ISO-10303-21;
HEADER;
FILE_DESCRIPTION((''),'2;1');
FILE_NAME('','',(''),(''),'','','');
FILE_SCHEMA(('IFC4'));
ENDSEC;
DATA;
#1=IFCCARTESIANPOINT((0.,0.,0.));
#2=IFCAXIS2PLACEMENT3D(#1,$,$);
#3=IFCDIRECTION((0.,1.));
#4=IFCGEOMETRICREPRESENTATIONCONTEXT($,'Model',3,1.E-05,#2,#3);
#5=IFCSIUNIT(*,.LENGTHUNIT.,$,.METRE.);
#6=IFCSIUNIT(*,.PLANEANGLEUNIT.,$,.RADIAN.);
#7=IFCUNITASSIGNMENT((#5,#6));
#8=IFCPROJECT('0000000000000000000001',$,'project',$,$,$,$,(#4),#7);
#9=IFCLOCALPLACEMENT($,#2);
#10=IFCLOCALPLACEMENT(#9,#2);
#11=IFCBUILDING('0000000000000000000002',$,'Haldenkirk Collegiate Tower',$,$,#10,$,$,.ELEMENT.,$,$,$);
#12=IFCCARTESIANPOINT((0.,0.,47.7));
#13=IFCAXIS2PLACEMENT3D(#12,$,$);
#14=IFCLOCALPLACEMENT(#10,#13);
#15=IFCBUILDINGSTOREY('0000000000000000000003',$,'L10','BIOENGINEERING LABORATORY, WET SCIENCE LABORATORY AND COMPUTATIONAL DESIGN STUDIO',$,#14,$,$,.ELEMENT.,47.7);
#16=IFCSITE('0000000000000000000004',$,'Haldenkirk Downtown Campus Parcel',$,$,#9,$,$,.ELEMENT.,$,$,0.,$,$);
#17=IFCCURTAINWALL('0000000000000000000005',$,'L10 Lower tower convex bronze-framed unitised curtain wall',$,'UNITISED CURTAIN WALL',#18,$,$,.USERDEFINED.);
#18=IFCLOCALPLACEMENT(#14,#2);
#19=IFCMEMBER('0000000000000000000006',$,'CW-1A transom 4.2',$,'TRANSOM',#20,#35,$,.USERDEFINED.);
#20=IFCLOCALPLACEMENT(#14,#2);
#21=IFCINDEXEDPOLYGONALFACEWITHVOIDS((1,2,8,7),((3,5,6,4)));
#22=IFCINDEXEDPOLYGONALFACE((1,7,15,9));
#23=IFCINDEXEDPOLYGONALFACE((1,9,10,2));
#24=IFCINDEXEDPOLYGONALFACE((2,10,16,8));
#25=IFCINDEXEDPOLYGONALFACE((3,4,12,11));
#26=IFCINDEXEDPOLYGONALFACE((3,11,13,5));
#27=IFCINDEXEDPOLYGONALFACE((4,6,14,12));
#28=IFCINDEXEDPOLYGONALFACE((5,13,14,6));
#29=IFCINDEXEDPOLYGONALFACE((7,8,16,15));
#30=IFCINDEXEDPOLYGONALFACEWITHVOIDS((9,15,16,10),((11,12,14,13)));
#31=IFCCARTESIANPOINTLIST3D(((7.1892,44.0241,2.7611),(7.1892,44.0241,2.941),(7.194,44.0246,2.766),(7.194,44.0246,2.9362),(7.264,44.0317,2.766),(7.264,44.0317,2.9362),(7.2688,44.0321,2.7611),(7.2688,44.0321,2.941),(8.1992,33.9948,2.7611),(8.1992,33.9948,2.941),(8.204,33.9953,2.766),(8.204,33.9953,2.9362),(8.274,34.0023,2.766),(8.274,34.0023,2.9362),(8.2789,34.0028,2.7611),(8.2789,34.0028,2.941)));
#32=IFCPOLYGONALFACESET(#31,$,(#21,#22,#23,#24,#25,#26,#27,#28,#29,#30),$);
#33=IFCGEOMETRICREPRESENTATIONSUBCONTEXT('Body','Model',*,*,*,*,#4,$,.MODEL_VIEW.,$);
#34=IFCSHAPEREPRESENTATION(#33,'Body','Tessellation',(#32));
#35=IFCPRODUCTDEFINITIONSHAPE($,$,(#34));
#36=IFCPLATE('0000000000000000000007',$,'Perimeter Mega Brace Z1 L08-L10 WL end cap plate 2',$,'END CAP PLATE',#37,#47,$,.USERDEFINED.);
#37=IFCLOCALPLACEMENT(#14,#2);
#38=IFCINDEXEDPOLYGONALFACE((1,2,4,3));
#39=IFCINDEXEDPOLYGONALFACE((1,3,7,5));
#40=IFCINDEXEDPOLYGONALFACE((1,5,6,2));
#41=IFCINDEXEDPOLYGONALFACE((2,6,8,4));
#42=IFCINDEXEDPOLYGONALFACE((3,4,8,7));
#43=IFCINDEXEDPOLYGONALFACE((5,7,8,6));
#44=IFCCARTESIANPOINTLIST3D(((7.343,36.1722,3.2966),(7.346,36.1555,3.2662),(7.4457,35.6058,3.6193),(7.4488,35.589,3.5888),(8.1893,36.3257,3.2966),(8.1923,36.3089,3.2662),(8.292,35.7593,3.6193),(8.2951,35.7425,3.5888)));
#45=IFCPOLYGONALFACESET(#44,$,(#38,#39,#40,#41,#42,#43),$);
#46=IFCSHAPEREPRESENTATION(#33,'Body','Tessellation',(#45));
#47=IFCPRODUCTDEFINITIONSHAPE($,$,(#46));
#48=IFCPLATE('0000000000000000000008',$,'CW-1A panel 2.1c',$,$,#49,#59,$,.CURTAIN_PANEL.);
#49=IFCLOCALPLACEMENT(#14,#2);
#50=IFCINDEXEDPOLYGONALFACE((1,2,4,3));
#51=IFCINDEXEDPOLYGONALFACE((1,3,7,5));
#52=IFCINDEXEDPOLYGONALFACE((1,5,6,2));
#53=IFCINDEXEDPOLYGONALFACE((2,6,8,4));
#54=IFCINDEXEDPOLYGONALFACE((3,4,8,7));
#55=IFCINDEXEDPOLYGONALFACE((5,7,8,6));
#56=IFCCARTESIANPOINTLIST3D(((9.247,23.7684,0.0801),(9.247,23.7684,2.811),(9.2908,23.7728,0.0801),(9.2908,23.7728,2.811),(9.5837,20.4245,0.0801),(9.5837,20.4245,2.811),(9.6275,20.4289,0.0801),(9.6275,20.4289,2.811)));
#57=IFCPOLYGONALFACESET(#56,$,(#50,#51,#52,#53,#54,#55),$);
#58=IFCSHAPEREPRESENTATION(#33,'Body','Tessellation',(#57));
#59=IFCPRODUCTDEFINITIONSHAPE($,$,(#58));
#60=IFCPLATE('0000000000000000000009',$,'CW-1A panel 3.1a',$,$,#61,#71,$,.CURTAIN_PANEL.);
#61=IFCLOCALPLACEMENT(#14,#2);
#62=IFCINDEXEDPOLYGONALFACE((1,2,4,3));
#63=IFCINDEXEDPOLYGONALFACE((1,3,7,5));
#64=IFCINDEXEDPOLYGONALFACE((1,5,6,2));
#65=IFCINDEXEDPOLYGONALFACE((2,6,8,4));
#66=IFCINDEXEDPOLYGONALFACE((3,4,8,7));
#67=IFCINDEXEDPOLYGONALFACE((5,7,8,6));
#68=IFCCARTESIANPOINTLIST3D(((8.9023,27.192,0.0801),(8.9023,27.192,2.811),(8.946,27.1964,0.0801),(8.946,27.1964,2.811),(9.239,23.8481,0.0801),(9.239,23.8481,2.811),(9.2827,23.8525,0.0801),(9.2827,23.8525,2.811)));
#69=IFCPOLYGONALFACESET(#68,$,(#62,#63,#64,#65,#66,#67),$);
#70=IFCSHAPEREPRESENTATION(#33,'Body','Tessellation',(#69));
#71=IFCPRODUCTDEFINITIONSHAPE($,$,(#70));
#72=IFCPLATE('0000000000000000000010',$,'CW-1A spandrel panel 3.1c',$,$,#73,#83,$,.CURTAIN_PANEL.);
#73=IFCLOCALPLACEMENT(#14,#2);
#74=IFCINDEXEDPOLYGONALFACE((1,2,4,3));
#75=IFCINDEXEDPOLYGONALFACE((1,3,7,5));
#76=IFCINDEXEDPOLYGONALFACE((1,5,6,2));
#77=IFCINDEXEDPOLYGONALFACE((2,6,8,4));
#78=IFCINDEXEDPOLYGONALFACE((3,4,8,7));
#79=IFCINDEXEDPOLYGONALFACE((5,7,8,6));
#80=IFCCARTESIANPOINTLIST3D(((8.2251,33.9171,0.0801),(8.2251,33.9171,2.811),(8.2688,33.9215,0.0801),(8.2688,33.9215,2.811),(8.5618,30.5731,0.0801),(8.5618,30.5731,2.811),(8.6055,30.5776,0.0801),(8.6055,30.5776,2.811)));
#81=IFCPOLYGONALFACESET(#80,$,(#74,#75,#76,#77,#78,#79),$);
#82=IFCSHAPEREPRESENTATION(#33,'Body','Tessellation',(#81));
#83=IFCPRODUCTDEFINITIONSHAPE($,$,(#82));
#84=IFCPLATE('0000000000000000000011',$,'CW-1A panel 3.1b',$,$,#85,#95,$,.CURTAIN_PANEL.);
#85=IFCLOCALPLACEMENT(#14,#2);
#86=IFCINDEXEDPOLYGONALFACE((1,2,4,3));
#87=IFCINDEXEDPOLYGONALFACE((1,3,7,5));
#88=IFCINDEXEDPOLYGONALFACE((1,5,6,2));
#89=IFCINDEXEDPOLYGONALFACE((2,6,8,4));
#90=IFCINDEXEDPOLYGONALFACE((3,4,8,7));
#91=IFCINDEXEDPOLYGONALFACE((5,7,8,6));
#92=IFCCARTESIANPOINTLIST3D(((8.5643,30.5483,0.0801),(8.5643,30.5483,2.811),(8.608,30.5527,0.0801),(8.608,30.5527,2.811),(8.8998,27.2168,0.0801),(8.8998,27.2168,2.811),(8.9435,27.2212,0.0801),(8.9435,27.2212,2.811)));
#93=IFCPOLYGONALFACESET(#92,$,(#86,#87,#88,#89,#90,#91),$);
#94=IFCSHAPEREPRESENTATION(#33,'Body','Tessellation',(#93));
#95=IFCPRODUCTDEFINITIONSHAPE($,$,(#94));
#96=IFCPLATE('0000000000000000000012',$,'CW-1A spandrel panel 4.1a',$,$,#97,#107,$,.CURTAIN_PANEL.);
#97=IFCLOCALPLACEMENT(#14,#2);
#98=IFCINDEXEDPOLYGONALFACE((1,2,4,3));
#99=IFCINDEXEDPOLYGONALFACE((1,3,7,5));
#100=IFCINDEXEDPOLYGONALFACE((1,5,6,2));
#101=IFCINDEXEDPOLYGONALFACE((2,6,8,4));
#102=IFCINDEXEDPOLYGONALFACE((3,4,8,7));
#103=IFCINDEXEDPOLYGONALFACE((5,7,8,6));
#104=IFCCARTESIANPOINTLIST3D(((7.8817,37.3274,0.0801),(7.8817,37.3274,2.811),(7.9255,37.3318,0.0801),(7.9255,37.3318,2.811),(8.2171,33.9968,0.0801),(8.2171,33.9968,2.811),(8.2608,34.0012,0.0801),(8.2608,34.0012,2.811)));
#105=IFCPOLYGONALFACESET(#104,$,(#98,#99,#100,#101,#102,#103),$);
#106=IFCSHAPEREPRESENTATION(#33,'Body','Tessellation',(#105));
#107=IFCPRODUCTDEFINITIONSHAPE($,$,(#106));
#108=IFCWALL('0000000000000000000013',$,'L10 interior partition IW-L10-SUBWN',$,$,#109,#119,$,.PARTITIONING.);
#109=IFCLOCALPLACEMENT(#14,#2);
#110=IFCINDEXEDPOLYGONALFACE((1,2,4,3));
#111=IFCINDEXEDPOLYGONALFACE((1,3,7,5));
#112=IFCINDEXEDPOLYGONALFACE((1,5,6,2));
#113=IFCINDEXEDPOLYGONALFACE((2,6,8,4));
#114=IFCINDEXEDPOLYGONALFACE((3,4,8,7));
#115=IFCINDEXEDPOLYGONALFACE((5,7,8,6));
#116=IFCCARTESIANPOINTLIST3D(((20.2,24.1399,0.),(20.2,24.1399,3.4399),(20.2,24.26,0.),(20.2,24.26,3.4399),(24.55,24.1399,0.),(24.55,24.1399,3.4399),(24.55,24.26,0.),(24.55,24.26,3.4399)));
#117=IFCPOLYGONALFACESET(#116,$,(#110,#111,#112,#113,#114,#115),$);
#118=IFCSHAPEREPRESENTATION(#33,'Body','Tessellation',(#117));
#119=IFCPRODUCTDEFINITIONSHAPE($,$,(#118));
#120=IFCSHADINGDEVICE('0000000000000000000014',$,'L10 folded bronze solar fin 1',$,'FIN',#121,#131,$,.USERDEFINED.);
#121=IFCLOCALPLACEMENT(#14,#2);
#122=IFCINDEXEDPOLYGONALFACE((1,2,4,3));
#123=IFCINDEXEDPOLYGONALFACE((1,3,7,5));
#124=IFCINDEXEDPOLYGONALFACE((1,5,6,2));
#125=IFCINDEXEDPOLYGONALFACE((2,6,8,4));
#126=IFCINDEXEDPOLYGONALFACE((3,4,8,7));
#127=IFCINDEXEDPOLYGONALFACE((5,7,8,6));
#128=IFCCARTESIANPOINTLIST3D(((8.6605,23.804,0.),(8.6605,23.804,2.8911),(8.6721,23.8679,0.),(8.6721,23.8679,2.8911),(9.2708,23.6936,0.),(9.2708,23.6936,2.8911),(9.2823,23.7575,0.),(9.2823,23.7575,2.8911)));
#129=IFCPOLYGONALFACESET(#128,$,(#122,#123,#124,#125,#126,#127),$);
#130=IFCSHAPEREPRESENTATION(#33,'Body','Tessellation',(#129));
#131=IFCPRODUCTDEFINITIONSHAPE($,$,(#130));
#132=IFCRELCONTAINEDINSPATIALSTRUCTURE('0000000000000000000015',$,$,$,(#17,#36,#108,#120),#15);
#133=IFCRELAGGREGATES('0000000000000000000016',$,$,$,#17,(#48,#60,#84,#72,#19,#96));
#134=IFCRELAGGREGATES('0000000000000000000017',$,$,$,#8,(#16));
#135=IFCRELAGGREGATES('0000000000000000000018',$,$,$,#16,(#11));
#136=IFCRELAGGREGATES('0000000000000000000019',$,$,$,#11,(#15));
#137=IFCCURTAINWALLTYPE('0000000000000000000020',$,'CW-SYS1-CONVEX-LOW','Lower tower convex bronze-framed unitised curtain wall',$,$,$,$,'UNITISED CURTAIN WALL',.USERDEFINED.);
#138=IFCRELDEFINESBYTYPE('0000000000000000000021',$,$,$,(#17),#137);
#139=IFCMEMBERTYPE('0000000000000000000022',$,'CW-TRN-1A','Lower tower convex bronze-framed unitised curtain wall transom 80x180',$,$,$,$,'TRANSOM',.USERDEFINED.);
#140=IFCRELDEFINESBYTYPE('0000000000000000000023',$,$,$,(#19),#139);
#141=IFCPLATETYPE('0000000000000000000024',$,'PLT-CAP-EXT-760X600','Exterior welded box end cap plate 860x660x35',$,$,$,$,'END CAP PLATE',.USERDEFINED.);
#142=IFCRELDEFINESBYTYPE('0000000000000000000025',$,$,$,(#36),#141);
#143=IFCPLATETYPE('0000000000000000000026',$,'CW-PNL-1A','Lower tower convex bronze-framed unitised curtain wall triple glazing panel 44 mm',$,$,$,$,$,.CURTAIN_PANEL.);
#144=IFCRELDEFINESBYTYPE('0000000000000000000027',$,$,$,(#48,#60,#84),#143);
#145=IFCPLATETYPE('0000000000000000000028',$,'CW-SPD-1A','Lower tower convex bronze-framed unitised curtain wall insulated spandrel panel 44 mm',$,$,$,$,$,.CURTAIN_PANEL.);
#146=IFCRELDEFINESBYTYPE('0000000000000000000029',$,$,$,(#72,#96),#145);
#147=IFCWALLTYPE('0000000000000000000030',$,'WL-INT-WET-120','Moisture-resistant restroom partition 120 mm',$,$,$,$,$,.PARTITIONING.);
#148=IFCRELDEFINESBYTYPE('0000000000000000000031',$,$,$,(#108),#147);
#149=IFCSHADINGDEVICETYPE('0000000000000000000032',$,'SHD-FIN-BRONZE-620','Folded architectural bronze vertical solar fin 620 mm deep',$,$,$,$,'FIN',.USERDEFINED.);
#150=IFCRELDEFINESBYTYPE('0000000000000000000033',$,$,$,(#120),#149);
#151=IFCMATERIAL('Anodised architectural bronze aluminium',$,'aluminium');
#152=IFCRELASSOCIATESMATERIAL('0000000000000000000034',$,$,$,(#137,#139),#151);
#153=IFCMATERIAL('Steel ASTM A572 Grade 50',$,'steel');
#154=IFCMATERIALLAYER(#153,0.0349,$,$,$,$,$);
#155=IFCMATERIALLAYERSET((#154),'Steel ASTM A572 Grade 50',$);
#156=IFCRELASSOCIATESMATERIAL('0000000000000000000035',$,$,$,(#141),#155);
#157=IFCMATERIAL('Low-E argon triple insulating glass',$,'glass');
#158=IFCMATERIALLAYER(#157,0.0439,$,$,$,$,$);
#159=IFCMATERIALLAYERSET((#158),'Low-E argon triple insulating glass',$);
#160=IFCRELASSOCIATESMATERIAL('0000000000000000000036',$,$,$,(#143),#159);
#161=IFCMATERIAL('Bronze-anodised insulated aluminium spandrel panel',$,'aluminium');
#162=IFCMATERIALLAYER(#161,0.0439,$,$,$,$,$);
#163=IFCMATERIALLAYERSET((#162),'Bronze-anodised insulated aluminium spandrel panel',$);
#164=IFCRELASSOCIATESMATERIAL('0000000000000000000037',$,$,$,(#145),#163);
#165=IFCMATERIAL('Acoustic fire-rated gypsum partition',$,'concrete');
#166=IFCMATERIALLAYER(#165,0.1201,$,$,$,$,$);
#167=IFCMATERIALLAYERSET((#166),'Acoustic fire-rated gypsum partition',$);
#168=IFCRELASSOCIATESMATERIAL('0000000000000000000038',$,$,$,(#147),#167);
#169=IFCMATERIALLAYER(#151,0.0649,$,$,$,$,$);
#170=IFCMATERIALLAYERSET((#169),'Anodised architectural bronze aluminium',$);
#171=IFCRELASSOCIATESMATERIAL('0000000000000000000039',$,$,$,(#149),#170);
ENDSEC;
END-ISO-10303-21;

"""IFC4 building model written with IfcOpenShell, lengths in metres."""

from ifc_helpers import new_model, si_unit, direction, frame, frame_2d, origin, origin_2d, place, context, subcontext, project, spatial, rectangle, hollow_rectangle, extrude, source, transform, mapped, material, layer, layer_set, material_profile, profile_set, type_object, element, aggregate, save


model = new_model("IFC4")

# Units and contexts
model_context = context("Model", 3, precision=1e-05, world=origin(), true_north=direction((0.0, 1.0)))
body_context = subcontext(model_context, "Body", "Model", "MODEL_VIEW")
ifc_project = project(units=[si_unit("LENGTHUNIT", "METRE"), si_unit("PLANEANGLEUNIT", "RADIAN")], contexts=[model_context])

# Site, building, storey
site_placement = place(None, origin())
site = spatial("IfcSite", under=ifc_project, at=site_placement, Name="Haldenkirk Downtown Campus Parcel", CompositionType="ELEMENT", RefElevation=0.0)
building_placement = place(site_placement, origin())
building = spatial("IfcBuilding", under=site, at=building_placement, Name="Haldenkirk Collegiate Tower", CompositionType="ELEMENT")
storey_placement = place(building_placement, frame((0.0, 0.0, 47.7)))
storey = spatial("IfcBuildingStorey", under=building, at=storey_placement, Name="L10", Description="BIOENGINEERING LABORATORY, WET SCIENCE LABORATORY AND COMPUTATIONAL DESIGN STUDIO", CompositionType="ELEMENT", Elevation=47.7)

# Curtain wall, member
ifc_material_1 = material(Name="Anodised architectural bronze aluminium", Category="aluminium")
curtain_wall_type = type_object("IfcCurtainWallType", Name="CW-SYS1-CONVEX-LOW", Description="Lower tower convex bronze-framed unitised curtain wall", ElementType="UNITISED CURTAIN WALL", PredefinedType="USERDEFINED", material=ifc_material_1)
curtain_wall_placement = place(storey_placement, origin())
curtain_wall = element("IfcCurtainWall", 1, at=curtain_wall_placement, inside=storey, type_object=curtain_wall_type, Name="L10 Lower tower convex bronze-framed unitised curtain wall", ObjectType="UNITISED CURTAIN WALL", PredefinedType="USERDEFINED")
ifc_material_profile_1 = material_profile(ifc_material_1, hollow_rectangle(XDim=0.0801, YDim=0.1799, WallThickness=0.0049, at=origin_2d()), Name="CW-TRN-1A")
ifc_profile_set_1 = profile_set([ifc_material_profile_1], Name="Anodised architectural bronze aluminium")
member_type_1 = type_object("IfcMemberType", Name="CW-TRN-1A", Description="Lower tower convex bronze-framed unitised curtain wall transom 80x180", ElementType="TRANSOM", PredefinedType="USERDEFINED", material=ifc_profile_set_1)
member_1_placement = place(storey_placement, frame((8.239, 33.9988, 2.8511), z_axis=(-0.100199, 0.994967, 0.0), x_axis=(-0.994967, -0.100199, 0.0)))
member_1 = element("IfcMember", 2, at=member_1_placement, type_object=member_type_1, Name="CW-1A transom 4.2", ObjectType="TRANSOM", PredefinedType="USERDEFINED", context=body_context, shape_type="SweptSolid", body=[
    extrude(hollow_rectangle(XDim=0.0801, YDim=0.1799, WallThickness=0.0049, at=origin_2d()), origin(), (0.0, 0.0, 1.0), 10.0801),
])

# Plates
ifc_material_2 = material(Name="Steel ASTM A572 Grade 50", Category="steel")
ifc_layer_1 = layer(ifc_material_2, 0.0349)
ifc_layer_set_1 = layer_set([ifc_layer_1], Name="Steel ASTM A572 Grade 50")
plate_type_1 = type_object("IfcPlateType", Name="PLT-CAP-EXT-760X600", Description="Exterior welded box end cap plate 860x660x35", ElementType="END CAP PLATE", PredefinedType="USERDEFINED", material=ifc_layer_set_1)
shared_shape_1 = source(origin(), body_context, "Body", "SweptSolid", [
    extrude(rectangle(XDim=0.8601, YDim=0.6599, at=origin_2d()), origin(), (0.0, 0.0, 1.0), 0.0349),
])
plate_1_placement = place(storey_placement, frame((7.8206, 35.949, 3.4275), z_axis=(-0.087236, 0.481022, 0.872358), x_axis=(-0.98395, -0.178444, 0.0)))
element("IfcPlate", 3, at=plate_1_placement, inside=storey, type_object=plate_type_1, Name="Perimeter Mega Brace Z1 L08-L10 WL end cap plate 2", ObjectType="END CAP PLATE", PredefinedType="USERDEFINED", context=body_context, shape_type="MappedRepresentation", body=[
    mapped(shared_shape_1, transform((0.0, 0.0, 0.0), x_axis=(1.0, 0.0, 0.0), y_axis=(0.0, 1.0, 0.0), z_axis=(0.0, 0.0, 1.0), scale=1.0)),
])
ifc_material_3 = material(Name="Low-E argon triple insulating glass", Category="glass")
ifc_layer_2 = layer(ifc_material_3, 0.0439)
ifc_layer_set_2 = layer_set([ifc_layer_2], Name="Low-E argon triple insulating glass")
plate_type_2 = type_object("IfcPlateType", Name="CW-PNL-1A", Description="Lower tower convex bronze-framed unitised curtain wall triple glazing panel 44 mm", PredefinedType="CURTAIN_PANEL", material=ifc_layer_set_2)
shared_shape_2 = source(origin(), body_context, "Body", "SweptSolid", [
    extrude(rectangle(XDim=3.3608, YDim=0.0439, at=origin_2d()), origin(), (0.0, 0.0, 1.0), 2.731),
])
plate_2_placement = place(storey_placement, frame((9.4373, 22.0986, 0.0801), z_axis=(0.0, 0.0, 1.0), x_axis=(-0.100187, 0.994969, 0.0)))
plate_2 = element("IfcPlate", 4, at=plate_2_placement, type_object=plate_type_2, Name="CW-1A panel 2.1c", PredefinedType="CURTAIN_PANEL", context=body_context, shape_type="MappedRepresentation", body=[
    mapped(shared_shape_2, transform((0.0, 0.0, 0.0), x_axis=(1.0, 0.0, 0.0), y_axis=(0.0, 1.0, 0.0), z_axis=(0.0, 0.0, 1.0), scale=1.0)),
])
plate_3_placement = place(storey_placement, frame((9.0925, 25.5222, 0.0801), z_axis=(0.0, 0.0, 1.0), x_axis=(-0.100187, 0.994969, 0.0)))
plate_3 = element("IfcPlate", 5, at=plate_3_placement, type_object=plate_type_2, Name="CW-1A panel 3.1a", PredefinedType="CURTAIN_PANEL", context=body_context, shape_type="MappedRepresentation", body=[
    mapped(shared_shape_2, transform((0.0, 0.0, 0.0), x_axis=(1.0, 0.0, 0.0), y_axis=(0.0, 1.0, 0.0), z_axis=(0.0, 0.0, 1.0), scale=1.0)),
])
ifc_material_4 = material(Name="Bronze-anodised insulated aluminium spandrel panel", Category="aluminium")
ifc_layer_3 = layer(ifc_material_4, 0.0439)
ifc_layer_set_3 = layer_set([ifc_layer_3], Name="Bronze-anodised insulated aluminium spandrel panel")
plate_type_3 = type_object("IfcPlateType", Name="CW-SPD-1A", Description="Lower tower convex bronze-framed unitised curtain wall insulated spandrel panel 44 mm", PredefinedType="CURTAIN_PANEL", material=ifc_layer_set_3)
plate_4_placement = place(storey_placement, frame((8.4153, 32.2473, 0.0801), z_axis=(0.0, 0.0, 1.0), x_axis=(-0.100187, 0.994969, 0.0)))
plate_4 = element("IfcPlate", 6, at=plate_4_placement, type_object=plate_type_3, Name="CW-1A spandrel panel 3.1c", PredefinedType="CURTAIN_PANEL", context=body_context, shape_type="MappedRepresentation", body=[
    mapped(shared_shape_2, transform((0.0, 0.0, 0.0), x_axis=(1.0, 0.0, 0.0), y_axis=(0.0, 1.0, 0.0), z_axis=(0.0, 0.0, 1.0), scale=1.0)),
])
shared_shape_3 = source(origin(), body_context, "Body", "SweptSolid", [
    extrude(rectangle(XDim=3.3484, YDim=0.0439, at=origin_2d()), origin(), (0.0, 0.0, 1.0), 2.731),
])
plate_5_placement = place(storey_placement, frame((8.7539, 28.8848, 0.0801), z_axis=(0.0, 0.0, 1.0), x_axis=(-0.100187, 0.994969, 0.0)))
plate_5 = element("IfcPlate", 7, at=plate_5_placement, type_object=plate_type_2, Name="CW-1A panel 3.1b", PredefinedType="CURTAIN_PANEL", context=body_context, shape_type="MappedRepresentation", body=[
    mapped(shared_shape_3, transform((0.0, 0.0, 0.0), x_axis=(1.0, 0.0, 0.0), y_axis=(0.0, 1.0, 0.0), z_axis=(0.0, 0.0, 1.0), scale=1.0)),
])
shared_shape_4 = source(origin(), body_context, "Body", "SweptSolid", [
    extrude(rectangle(XDim=3.3474, YDim=0.0439, at=origin_2d()), origin(), (0.0, 0.0, 1.0), 2.731),
])
plate_6_placement = place(storey_placement, frame((8.0713, 35.6643, 0.0801), z_axis=(0.0, 0.0, 1.0), x_axis=(-0.100187, 0.994969, 0.0)))
plate_6 = element("IfcPlate", 8, at=plate_6_placement, type_object=plate_type_3, Name="CW-1A spandrel panel 4.1a", PredefinedType="CURTAIN_PANEL", context=body_context, shape_type="MappedRepresentation", body=[
    mapped(shared_shape_4, transform((0.0, 0.0, 0.0), x_axis=(1.0, 0.0, 0.0), y_axis=(0.0, 1.0, 0.0), z_axis=(0.0, 0.0, 1.0), scale=1.0)),
])
aggregate(curtain_wall, [plate_2, plate_3, plate_5, plate_4, member_1, plate_6])

# Wall
ifc_material_5 = material(Name="Acoustic fire-rated gypsum partition", Category="concrete")
ifc_layer_4 = layer(ifc_material_5, 0.1201)
ifc_layer_set_4 = layer_set([ifc_layer_4], Name="Acoustic fire-rated gypsum partition")
wall_type = type_object("IfcWallType", Name="WL-INT-WET-120", Description="Moisture-resistant restroom partition 120 mm", PredefinedType="PARTITIONING", material=ifc_layer_set_4)
wall_placement = place(storey_placement, frame((20.2, 24.2, 0.0), z_axis=(0.0, 0.0, 1.0), x_axis=(1.0, 0.0, 0.0)))
element("IfcWall", 9, at=wall_placement, inside=storey, type_object=wall_type, Name="L10 interior partition IW-L10-SUBWN", PredefinedType="PARTITIONING", context=body_context, shape_type="SweptSolid", body=[
    extrude(rectangle(XDim=4.3501, YDim=0.1201, at=frame_2d((2.175, 0.0))), origin(), (0.0, 0.0, 1.0), 3.4399),
])

# Shading device
ifc_layer_5 = layer(ifc_material_1, 0.0649)
ifc_layer_set_5 = layer_set([ifc_layer_5], Name="Anodised architectural bronze aluminium")
shading_device_type = type_object("IfcShadingDeviceType", Name="SHD-FIN-BRONZE-620", Description="Folded architectural bronze vertical solar fin 620 mm deep", ElementType="FIN", PredefinedType="USERDEFINED", material=ifc_layer_set_5)
shared_shape_5 = source(origin(), body_context, "Body", "SweptSolid", [
    extrude(rectangle(XDim=0.6201, YDim=0.0649, at=origin_2d()), origin(), (0.0, 0.0, 1.0), 2.8911),
])
shading_device_placement = place(storey_placement, frame((8.9714, 23.7808, 0.0), z_axis=(0.0, 0.0, 1.0), x_axis=(-0.984041, 0.177944, 0.0)))
element("IfcShadingDevice", 10, at=shading_device_placement, inside=storey, type_object=shading_device_type, Name="L10 folded bronze solar fin 1", ObjectType="FIN", PredefinedType="USERDEFINED", context=body_context, shape_type="MappedRepresentation", body=[
    mapped(shared_shape_5, transform((0.0, 0.0, 0.0), x_axis=(1.0, 0.0, 0.0), y_axis=(0.0, 1.0, 0.0), z_axis=(0.0, 0.0, 1.0), scale=1.0)),
])

save(model, "model.ifc")
